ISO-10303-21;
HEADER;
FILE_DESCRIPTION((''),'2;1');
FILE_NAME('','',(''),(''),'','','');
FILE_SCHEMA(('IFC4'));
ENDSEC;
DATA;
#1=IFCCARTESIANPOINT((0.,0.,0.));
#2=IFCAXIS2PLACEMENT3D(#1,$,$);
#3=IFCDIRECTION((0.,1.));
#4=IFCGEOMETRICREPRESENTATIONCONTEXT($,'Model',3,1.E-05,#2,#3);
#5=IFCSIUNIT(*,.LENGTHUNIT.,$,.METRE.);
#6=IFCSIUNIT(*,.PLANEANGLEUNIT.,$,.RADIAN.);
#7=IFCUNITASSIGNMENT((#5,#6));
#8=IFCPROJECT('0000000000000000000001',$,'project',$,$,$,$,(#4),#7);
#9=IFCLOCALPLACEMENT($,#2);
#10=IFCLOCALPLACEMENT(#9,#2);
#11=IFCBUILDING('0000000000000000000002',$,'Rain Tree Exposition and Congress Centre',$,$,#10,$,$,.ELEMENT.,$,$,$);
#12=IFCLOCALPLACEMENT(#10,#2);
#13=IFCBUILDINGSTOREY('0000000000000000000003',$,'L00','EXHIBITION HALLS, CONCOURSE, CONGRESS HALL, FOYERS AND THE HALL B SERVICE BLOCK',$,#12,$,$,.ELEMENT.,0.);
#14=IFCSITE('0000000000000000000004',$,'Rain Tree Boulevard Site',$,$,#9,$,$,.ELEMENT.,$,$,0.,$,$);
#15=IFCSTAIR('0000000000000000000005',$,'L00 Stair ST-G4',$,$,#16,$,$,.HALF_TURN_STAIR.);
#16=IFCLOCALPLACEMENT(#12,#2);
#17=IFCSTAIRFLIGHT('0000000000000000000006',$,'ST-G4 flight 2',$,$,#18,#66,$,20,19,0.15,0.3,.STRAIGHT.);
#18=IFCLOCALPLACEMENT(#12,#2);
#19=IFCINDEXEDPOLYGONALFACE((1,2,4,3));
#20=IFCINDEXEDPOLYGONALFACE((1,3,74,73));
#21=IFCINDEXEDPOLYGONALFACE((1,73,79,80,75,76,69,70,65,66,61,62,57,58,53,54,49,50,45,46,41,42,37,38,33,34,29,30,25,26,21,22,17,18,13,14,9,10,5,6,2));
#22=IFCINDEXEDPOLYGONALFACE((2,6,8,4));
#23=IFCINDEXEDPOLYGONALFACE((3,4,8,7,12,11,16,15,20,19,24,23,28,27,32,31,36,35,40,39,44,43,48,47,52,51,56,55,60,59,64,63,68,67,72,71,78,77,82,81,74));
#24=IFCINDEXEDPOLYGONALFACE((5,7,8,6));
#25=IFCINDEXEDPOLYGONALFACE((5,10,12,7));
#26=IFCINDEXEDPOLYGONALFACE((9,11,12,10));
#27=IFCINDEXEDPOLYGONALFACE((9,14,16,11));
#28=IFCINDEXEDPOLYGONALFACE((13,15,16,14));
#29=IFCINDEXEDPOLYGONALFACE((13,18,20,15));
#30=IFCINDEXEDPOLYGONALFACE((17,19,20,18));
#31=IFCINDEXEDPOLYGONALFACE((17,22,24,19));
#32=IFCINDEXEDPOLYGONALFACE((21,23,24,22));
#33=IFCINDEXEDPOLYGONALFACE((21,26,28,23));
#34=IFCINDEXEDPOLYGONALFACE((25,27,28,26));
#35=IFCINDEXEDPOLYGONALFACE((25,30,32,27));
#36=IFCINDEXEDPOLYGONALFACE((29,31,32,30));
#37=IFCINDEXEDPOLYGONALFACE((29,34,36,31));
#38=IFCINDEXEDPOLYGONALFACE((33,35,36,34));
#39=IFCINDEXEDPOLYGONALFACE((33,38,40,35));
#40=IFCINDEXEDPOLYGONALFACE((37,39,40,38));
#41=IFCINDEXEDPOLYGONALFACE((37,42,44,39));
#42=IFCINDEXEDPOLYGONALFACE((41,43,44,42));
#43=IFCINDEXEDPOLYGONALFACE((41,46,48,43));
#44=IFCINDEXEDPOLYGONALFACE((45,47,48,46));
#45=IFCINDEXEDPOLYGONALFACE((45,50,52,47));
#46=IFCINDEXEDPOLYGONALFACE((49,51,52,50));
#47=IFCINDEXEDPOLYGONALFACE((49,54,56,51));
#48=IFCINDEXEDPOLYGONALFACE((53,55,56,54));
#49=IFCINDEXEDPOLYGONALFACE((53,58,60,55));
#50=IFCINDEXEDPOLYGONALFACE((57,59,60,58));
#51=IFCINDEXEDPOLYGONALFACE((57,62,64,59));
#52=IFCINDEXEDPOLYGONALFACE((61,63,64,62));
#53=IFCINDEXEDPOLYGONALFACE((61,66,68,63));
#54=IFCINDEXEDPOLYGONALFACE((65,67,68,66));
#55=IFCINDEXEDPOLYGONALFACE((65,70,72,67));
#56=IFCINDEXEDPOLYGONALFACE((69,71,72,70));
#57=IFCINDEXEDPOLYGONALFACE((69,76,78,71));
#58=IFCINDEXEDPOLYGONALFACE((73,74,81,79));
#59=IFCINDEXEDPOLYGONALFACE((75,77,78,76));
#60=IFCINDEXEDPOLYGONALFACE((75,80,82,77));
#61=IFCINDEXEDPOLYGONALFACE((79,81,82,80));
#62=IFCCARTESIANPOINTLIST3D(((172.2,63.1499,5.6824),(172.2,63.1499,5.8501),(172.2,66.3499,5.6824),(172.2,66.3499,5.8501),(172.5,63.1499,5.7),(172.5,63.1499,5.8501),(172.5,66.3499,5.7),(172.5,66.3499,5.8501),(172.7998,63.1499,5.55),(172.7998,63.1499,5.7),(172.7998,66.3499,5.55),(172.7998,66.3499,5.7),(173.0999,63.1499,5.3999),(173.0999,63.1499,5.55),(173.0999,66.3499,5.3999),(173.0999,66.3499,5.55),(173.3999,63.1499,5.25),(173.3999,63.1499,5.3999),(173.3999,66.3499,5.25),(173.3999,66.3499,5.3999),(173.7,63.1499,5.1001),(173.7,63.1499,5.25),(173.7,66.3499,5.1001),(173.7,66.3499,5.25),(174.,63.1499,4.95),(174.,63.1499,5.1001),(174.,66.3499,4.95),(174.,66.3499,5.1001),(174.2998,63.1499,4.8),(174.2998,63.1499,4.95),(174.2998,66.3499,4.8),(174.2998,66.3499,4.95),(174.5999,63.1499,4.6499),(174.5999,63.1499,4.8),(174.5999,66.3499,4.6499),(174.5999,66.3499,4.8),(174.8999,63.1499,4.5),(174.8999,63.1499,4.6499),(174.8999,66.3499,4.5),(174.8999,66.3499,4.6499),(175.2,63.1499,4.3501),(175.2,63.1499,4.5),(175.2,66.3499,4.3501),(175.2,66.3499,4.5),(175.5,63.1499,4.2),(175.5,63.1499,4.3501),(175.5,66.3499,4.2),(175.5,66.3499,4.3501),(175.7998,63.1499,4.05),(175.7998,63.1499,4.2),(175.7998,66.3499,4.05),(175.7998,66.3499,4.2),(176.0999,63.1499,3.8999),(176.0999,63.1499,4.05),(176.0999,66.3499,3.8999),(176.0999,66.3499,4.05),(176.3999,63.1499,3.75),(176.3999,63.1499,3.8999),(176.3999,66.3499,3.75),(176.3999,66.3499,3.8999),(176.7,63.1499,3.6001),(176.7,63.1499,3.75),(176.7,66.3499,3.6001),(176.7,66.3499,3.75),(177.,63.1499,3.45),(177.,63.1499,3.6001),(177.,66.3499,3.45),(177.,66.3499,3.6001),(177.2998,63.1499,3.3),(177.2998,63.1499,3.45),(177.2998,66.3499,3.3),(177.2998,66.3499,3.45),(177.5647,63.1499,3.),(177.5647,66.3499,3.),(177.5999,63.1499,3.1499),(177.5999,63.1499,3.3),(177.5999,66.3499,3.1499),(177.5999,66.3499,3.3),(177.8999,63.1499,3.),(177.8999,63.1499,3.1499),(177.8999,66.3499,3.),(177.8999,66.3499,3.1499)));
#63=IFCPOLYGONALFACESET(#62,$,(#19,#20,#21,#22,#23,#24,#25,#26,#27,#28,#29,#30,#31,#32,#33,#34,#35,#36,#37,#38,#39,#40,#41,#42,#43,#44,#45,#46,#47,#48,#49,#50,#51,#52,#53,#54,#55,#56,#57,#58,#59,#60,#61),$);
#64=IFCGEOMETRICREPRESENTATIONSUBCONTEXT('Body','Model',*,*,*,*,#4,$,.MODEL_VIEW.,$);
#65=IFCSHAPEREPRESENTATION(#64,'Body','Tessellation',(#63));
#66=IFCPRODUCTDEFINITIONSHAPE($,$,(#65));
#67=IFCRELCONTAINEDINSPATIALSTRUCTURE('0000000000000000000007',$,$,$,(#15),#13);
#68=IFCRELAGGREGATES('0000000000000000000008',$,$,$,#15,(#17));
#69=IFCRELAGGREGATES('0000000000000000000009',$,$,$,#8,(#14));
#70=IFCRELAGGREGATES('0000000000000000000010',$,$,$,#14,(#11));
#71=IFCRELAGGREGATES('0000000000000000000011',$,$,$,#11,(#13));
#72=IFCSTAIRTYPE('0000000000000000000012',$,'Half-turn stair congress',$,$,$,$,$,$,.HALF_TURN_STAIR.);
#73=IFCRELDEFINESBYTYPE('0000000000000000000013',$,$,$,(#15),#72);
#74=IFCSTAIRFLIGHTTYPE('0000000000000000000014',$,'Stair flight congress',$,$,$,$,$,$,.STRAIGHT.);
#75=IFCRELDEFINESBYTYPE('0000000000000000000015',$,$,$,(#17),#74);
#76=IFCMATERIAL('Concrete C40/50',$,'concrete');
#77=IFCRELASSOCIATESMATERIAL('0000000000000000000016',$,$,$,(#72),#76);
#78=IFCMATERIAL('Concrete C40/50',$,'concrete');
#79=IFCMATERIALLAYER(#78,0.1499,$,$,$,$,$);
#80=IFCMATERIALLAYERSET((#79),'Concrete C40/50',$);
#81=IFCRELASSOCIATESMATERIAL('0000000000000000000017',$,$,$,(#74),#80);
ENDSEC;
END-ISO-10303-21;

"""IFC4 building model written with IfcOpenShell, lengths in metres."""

from ifc_helpers import new_model, si_unit, direction, frame, origin, place, context, subcontext, project, spatial, polyline, outline, extrude, material, layer, layer_set, type_object, element, aggregate, save


model = new_model("IFC4")

# Units and contexts
model_context = context("Model", 3, precision=1e-05, world=origin(), true_north=direction((0.0, 1.0)))
body_context = subcontext(model_context, "Body", "Model", "MODEL_VIEW")
ifc_project = project(units=[si_unit("LENGTHUNIT", "METRE"), si_unit("PLANEANGLEUNIT", "RADIAN")], contexts=[model_context])

# Site, building, storey
site_placement = place(None, origin())
site = spatial("IfcSite", under=ifc_project, at=site_placement, Name="Rain Tree Boulevard Site", CompositionType="ELEMENT", RefElevation=0.0)
building_placement = place(site_placement, origin())
building = spatial("IfcBuilding", under=site, at=building_placement, Name="Rain Tree Exposition and Congress Centre", CompositionType="ELEMENT")
storey_placement = place(building_placement, origin())
storey = spatial("IfcBuildingStorey", under=building, at=storey_placement, Name="L00", Description="EXHIBITION HALLS, CONCOURSE, CONGRESS HALL, FOYERS AND THE HALL B SERVICE BLOCK", CompositionType="ELEMENT", Elevation=0.0)

# Stair, stair flight
ifc_material_1 = material(Name="Concrete C40/50", Category="concrete")
stair_type = type_object("IfcStairType", Name="Half-turn stair congress", PredefinedType="HALF_TURN_STAIR", material=ifc_material_1)
ifc_material_2 = material(Name="Concrete C40/50", Category="concrete")
ifc_layer_1 = layer(ifc_material_2, 0.1499)
ifc_layer_set_1 = layer_set([ifc_layer_1], Name="Concrete C40/50")
stair_flight_type = type_object("IfcStairFlightType", Name="Stair flight congress", PredefinedType="STRAIGHT", material=ifc_layer_set_1)
stair_1_placement = place(storey_placement, origin())
stair_1 = element("IfcStair", 1, at=stair_1_placement, inside=storey, type_object=stair_type, Name="L00 Stair ST-G4", PredefinedType="HALF_TURN_STAIR")
stair_flight_1_placement = place(storey_placement, frame((177.8999, 64.75, 3.0), z_axis=(0.0, 0.0, 1.0), x_axis=(-1.0, 0.0, 0.0)))
stair_flight_1 = element("IfcStairFlight", 2, at=stair_flight_1_placement, type_object=stair_flight_type, Name="ST-G4 flight 2", NumberOfRisers=20, NumberOfTreads=19, PredefinedType="STRAIGHT", RiserHeight=0.15, TreadLength=0.3, context=body_context, shape_type="SweptSolid", body=[
    extrude(outline(polyline([(0.0, 0.0), (0.0, 0.1499), (0.3, 0.1499), (0.3, 0.3), (0.6001, 0.3), (0.6001, 0.45), (0.8999, 0.45), (0.8999, 0.6001), (1.2, 0.6001), (1.2, 0.75), (1.5, 0.75), (1.5, 0.8999), (1.8, 0.8999), (1.8, 1.05), (2.1001, 1.05), (2.1001, 1.2), (2.3999, 1.2), (2.3999, 1.3501), (2.7, 1.3501), (2.7, 1.5), (3.0, 1.5), (3.0, 1.6499), (3.3, 1.6499), (3.3, 1.8), (3.6001, 1.8), (3.6001, 1.95), (3.8999, 1.95), (3.8999, 2.1001), (4.2, 2.1001), (4.2, 2.25), (4.5, 2.25), (4.5, 2.3999), (4.8, 2.3999), (4.8, 2.55), (5.1001, 2.55), (5.1001, 2.7), (5.3999, 2.7), (5.3999, 2.8501), (5.7, 2.8501), (5.7, 3.0), (5.7, 2.6824), (0.3352, 0.0), (0.0, 0.0)])), frame((0.0, 1.6001, 0.0), z_axis=(0.0, -1.0, 0.0), x_axis=(1.0, 0.0, 0.0)), (0.0, 0.0, 1.0), 3.2),
])
aggregate(stair_1, [stair_flight_1])

save(model, "model.ifc")
